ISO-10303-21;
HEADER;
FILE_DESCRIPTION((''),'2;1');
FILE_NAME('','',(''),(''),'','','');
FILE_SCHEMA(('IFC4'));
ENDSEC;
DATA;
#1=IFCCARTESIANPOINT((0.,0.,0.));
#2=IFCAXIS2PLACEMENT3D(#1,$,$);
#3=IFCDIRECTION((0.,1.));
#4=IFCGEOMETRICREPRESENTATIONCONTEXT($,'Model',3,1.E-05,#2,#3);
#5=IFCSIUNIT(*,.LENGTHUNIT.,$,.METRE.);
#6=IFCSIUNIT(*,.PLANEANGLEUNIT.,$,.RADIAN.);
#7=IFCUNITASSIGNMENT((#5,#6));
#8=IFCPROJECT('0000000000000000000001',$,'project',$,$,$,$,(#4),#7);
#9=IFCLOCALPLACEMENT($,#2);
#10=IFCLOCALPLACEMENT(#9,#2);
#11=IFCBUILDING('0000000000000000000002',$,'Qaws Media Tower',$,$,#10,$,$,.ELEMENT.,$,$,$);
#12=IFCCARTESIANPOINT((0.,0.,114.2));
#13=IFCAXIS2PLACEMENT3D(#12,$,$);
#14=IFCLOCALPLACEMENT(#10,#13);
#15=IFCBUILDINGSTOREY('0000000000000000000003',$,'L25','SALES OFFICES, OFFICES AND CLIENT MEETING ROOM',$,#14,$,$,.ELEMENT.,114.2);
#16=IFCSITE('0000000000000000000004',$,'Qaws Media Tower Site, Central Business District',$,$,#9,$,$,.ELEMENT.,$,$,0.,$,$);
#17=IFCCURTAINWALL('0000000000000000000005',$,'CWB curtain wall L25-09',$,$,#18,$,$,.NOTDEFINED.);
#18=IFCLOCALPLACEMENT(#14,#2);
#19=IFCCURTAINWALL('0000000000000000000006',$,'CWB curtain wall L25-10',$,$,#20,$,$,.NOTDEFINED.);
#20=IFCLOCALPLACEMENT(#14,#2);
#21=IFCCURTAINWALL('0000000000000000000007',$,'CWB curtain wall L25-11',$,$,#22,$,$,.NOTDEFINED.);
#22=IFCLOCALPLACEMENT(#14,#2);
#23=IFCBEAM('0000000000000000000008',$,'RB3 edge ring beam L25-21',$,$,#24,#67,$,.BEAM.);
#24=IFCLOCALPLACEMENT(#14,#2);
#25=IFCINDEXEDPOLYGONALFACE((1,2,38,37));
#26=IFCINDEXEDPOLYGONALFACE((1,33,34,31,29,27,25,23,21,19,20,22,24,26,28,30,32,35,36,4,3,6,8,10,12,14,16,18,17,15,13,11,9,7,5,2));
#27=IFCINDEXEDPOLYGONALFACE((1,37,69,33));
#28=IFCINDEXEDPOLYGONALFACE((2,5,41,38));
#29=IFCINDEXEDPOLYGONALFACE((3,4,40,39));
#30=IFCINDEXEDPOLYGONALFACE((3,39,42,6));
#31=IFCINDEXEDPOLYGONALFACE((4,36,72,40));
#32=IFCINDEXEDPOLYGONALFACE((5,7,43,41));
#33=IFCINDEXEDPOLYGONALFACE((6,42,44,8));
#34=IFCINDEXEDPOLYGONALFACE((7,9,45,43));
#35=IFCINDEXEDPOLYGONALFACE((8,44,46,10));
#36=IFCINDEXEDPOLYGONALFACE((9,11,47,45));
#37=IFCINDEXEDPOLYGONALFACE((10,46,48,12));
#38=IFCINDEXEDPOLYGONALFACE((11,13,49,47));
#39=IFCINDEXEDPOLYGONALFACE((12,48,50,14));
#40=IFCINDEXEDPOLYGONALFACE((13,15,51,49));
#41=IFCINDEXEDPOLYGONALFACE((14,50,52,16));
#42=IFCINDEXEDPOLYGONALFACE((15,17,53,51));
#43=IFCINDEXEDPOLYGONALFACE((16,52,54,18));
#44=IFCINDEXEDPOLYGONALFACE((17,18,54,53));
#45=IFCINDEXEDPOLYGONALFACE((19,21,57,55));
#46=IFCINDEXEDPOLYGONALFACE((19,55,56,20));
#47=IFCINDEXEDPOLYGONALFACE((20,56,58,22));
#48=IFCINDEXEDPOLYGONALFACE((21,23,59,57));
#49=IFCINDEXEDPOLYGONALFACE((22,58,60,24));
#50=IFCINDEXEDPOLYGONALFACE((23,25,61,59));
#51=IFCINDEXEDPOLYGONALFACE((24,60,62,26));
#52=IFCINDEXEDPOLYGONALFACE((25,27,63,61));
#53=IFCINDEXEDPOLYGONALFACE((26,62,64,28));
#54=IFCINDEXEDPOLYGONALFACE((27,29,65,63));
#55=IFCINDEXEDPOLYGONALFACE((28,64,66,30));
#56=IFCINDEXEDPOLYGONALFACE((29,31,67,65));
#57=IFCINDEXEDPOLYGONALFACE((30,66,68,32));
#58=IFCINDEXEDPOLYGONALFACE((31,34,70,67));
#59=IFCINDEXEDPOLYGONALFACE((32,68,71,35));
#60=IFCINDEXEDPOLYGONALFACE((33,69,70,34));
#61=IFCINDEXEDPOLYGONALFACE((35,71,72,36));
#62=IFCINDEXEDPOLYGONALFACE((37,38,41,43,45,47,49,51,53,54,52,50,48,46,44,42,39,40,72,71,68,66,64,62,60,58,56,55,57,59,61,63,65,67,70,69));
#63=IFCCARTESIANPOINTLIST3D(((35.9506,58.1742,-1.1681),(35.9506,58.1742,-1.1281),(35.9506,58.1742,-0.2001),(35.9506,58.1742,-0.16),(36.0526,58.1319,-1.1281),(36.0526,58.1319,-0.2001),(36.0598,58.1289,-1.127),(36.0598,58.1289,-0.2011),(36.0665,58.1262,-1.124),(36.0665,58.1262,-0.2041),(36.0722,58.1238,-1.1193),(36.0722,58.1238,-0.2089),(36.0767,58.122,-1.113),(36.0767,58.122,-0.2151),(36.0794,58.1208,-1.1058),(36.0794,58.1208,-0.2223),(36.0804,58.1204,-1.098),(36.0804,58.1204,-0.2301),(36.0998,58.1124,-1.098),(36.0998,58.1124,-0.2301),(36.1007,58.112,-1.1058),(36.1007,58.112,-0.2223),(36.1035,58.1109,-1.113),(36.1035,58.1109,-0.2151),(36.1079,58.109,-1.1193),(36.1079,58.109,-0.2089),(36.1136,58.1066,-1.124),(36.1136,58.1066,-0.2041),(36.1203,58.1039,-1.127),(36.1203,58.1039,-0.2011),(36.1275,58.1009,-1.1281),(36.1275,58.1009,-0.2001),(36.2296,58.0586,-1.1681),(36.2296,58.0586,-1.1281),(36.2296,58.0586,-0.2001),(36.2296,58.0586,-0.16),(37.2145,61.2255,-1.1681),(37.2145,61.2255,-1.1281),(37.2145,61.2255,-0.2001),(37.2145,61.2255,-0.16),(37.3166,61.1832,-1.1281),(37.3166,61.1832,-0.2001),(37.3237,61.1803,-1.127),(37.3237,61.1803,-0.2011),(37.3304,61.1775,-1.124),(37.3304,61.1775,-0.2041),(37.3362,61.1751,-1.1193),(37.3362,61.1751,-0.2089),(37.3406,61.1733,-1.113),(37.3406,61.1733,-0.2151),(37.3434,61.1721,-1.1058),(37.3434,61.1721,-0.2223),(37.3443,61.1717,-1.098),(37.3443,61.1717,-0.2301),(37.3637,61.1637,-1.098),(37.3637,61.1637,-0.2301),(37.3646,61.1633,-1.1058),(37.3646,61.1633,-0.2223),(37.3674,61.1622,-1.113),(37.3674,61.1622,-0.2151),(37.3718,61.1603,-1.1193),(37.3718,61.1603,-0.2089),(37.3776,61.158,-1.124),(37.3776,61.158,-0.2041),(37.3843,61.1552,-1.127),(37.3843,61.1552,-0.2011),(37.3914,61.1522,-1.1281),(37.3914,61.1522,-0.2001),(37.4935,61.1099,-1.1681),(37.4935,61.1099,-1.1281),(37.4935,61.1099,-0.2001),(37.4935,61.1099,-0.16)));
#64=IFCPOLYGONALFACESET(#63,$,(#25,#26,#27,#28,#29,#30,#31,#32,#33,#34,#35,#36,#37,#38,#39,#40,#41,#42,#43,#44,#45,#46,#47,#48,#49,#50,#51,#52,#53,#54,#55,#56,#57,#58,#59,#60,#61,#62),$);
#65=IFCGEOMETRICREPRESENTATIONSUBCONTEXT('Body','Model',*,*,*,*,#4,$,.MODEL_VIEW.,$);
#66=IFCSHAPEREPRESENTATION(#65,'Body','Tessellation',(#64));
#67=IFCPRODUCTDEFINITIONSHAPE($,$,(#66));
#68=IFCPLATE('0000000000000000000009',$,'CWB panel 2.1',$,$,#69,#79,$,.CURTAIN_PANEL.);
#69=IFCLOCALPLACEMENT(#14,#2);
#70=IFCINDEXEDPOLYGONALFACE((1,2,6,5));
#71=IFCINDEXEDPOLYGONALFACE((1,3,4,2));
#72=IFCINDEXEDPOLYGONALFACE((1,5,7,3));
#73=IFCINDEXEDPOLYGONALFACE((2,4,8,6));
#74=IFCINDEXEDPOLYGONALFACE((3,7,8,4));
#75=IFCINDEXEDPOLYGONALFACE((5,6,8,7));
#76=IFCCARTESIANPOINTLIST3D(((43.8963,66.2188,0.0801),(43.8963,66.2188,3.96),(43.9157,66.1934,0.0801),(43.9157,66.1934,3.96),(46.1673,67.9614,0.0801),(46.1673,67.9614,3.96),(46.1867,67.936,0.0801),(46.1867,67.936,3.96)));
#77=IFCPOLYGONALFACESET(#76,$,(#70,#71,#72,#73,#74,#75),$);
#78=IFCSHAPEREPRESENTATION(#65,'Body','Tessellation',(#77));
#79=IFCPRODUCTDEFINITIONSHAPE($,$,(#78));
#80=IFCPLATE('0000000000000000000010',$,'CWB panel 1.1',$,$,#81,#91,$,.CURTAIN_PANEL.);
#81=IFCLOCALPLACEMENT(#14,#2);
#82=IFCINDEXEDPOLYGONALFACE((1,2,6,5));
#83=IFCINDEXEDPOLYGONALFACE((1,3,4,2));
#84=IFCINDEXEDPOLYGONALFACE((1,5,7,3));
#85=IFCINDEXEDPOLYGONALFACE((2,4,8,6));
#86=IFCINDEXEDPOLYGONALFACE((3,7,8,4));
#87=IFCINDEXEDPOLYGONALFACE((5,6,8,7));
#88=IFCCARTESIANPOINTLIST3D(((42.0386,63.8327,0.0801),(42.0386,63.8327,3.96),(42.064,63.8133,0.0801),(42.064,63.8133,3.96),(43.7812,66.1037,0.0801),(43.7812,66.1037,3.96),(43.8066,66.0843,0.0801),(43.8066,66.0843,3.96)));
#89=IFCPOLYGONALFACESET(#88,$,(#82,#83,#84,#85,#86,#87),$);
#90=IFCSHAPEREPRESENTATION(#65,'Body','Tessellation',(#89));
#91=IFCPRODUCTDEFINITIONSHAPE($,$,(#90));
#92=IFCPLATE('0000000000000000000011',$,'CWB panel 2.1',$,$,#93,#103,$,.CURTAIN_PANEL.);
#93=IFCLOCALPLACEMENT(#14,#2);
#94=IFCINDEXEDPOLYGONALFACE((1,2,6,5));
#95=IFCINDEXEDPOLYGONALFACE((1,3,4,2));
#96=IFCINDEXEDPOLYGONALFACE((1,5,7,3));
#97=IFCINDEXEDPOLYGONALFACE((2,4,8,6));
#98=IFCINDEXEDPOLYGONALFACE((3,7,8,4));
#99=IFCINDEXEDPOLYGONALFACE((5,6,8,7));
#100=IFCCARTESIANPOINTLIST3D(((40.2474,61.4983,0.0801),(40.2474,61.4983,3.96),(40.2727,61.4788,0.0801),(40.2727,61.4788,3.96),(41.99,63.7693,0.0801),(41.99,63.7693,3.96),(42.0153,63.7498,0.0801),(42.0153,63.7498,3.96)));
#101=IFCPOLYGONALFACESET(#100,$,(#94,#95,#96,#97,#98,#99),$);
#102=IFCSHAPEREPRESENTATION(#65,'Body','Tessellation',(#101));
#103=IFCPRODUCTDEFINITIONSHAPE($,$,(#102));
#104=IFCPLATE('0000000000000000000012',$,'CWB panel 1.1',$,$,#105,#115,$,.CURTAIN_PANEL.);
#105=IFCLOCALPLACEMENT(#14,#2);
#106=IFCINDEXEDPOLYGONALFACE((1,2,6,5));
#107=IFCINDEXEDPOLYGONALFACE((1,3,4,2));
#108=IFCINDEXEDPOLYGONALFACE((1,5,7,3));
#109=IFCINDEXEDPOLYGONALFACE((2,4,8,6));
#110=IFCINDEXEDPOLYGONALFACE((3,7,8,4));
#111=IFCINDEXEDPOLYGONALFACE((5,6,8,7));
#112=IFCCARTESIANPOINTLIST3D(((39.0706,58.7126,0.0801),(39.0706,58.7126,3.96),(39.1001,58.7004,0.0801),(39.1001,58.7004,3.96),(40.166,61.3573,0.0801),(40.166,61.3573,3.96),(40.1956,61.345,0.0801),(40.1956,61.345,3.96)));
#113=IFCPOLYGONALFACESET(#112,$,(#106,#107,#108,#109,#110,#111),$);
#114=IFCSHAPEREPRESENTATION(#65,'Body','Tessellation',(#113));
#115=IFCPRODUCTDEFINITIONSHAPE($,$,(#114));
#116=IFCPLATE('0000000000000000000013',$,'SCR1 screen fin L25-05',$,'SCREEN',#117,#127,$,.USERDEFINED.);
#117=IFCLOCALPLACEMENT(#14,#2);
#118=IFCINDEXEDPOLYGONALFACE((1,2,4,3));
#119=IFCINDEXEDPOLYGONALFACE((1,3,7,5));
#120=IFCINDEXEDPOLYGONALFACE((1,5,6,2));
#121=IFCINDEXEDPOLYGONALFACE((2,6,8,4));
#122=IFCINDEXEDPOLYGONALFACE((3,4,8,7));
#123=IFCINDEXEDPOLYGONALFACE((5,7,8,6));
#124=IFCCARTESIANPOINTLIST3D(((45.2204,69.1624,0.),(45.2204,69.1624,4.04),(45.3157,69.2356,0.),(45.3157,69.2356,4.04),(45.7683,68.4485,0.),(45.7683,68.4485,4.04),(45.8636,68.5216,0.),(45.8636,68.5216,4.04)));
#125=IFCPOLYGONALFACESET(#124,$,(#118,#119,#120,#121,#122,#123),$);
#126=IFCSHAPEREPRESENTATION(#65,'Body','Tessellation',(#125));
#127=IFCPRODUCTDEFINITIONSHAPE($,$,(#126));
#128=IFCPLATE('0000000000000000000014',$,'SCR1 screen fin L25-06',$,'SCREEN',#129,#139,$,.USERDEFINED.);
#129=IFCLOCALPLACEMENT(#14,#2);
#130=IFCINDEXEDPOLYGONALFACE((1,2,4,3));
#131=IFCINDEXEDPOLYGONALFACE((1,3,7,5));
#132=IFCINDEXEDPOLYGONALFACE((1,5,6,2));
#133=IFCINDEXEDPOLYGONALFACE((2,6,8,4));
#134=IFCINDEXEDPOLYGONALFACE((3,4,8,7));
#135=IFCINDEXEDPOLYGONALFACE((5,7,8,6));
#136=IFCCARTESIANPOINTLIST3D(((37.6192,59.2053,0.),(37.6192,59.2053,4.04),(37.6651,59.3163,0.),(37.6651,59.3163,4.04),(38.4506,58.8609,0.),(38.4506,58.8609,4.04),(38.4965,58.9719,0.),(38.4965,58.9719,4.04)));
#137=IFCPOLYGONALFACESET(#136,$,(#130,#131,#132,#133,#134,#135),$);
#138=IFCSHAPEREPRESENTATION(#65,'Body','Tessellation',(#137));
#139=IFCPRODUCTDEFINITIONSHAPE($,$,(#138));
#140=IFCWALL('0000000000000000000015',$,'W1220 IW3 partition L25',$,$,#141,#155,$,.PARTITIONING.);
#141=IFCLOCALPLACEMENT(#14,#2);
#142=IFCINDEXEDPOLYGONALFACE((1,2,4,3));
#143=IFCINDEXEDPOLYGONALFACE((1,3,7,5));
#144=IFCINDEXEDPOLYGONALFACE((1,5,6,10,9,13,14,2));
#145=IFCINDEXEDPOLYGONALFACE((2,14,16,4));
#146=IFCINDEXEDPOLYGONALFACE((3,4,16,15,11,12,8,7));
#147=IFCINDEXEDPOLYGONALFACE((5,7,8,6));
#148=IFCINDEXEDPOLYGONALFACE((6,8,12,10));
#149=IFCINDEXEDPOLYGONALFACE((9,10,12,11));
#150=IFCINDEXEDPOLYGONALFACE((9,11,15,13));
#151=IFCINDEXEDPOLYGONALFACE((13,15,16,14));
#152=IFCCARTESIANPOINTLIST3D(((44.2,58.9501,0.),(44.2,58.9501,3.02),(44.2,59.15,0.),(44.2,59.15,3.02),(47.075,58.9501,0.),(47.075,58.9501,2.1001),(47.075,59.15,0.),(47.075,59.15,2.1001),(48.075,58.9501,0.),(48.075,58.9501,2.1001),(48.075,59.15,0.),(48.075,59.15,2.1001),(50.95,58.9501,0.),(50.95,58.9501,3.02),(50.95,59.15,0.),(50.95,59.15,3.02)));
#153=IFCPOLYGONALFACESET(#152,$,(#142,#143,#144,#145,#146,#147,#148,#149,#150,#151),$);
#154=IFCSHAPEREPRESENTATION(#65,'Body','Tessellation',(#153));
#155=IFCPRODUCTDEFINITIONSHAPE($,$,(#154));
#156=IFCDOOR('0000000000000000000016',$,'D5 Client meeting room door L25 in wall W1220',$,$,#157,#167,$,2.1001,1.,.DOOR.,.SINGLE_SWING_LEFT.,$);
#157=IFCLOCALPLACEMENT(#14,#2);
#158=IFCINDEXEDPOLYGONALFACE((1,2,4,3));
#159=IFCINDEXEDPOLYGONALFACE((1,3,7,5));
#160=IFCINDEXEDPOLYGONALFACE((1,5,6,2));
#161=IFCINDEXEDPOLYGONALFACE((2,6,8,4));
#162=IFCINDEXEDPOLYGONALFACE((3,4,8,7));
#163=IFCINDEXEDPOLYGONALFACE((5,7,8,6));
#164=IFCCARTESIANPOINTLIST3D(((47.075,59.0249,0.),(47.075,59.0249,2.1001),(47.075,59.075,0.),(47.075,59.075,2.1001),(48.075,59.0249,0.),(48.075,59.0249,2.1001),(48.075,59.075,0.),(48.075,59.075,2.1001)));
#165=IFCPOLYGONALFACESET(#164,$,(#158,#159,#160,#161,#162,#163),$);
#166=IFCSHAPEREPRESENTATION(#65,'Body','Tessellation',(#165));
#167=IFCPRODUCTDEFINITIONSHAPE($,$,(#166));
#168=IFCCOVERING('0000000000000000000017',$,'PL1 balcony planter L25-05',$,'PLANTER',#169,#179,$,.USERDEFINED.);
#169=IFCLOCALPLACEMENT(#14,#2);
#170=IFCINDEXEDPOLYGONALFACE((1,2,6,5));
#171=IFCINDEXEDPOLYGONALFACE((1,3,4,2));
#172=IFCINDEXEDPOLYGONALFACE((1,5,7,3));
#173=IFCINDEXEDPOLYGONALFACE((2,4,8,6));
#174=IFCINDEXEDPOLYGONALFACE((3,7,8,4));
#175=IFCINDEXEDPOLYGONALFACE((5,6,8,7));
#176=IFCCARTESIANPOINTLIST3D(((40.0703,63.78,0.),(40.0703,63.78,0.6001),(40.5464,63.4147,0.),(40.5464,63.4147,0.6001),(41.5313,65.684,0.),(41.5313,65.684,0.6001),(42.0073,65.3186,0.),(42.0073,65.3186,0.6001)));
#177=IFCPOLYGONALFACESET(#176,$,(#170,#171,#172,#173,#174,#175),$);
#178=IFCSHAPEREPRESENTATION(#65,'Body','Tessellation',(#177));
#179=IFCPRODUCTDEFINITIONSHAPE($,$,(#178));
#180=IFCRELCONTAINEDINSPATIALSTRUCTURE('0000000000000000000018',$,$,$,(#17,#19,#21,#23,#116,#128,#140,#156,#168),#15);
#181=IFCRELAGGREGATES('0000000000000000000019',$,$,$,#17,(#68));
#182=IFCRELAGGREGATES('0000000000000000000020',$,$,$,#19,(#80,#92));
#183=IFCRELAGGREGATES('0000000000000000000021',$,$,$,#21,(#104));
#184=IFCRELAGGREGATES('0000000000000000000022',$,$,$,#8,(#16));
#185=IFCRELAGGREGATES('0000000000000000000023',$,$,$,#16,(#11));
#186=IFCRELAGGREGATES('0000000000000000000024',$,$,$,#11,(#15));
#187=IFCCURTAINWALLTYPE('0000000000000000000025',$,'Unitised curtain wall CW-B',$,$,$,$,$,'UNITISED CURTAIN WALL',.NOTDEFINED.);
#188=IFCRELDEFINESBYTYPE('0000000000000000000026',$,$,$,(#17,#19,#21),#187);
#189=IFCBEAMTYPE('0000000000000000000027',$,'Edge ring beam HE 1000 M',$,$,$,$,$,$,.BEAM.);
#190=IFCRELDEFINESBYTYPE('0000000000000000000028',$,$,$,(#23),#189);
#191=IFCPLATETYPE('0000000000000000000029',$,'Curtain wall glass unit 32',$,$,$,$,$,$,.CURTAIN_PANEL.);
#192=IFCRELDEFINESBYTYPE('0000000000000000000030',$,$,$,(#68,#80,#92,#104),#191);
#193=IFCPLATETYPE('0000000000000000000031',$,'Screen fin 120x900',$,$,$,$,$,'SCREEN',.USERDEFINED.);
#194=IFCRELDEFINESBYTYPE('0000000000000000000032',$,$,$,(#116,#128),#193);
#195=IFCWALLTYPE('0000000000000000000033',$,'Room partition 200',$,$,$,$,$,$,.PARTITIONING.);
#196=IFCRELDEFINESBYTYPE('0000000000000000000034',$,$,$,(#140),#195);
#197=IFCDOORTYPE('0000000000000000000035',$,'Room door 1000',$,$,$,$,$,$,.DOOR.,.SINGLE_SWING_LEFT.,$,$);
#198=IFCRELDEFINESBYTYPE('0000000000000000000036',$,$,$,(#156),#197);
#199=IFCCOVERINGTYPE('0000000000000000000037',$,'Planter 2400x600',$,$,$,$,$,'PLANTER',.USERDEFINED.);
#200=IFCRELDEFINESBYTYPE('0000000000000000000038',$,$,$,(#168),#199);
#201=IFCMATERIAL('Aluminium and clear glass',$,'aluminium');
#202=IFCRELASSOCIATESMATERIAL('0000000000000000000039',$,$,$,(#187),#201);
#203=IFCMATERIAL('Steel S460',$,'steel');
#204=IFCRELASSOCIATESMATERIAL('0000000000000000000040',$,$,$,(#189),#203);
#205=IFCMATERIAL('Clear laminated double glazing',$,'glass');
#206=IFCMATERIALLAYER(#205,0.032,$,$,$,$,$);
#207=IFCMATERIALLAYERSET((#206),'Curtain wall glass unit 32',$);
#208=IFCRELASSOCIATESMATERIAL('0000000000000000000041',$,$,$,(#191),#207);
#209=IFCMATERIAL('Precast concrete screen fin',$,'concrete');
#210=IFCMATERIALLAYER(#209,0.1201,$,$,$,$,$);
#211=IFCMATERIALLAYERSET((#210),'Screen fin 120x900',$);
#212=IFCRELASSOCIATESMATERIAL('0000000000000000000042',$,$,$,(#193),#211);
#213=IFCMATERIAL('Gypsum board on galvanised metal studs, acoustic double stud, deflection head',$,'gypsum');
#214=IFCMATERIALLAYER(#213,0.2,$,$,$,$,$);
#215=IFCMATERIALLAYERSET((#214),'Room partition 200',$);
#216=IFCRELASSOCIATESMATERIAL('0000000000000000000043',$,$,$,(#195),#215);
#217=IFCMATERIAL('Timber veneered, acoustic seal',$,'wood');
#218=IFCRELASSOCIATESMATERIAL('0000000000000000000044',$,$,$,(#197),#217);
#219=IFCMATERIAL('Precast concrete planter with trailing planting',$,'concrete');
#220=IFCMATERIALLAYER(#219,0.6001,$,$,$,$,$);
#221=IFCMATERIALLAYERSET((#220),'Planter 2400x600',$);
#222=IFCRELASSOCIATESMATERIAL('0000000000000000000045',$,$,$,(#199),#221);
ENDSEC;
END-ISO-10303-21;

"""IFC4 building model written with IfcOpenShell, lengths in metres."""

from ifc_helpers import new_model, si_unit, direction, frame, frame_2d, origin, origin_2d, place, context, subcontext, project, spatial, rectangle, i_section, extrude, material, layer, layer_set, material_profile, profile_set, type_object, element, fill, aggregate, save


model = new_model("IFC4")

# Units and contexts
model_context = context("Model", 3, precision=1e-05, world=origin(), true_north=direction((0.0, 1.0)))
body_context = subcontext(model_context, "Body", "Model", "MODEL_VIEW")
ifc_project = project(units=[si_unit("LENGTHUNIT", "METRE"), si_unit("PLANEANGLEUNIT", "RADIAN")], contexts=[model_context])

# Site, building, storey
site_placement = place(None, origin())
site = spatial("IfcSite", under=ifc_project, at=site_placement, Name="Qaws Media Tower Site, Central Business District", CompositionType="ELEMENT", RefElevation=0.0)
building_placement = place(site_placement, origin())
building = spatial("IfcBuilding", under=site, at=building_placement, Name="Qaws Media Tower", CompositionType="ELEMENT")
storey_placement = place(building_placement, frame((0.0, 0.0, 114.2)))
storey = spatial("IfcBuildingStorey", under=building, at=storey_placement, Name="L25", Description="SALES OFFICES, OFFICES AND CLIENT MEETING ROOM", CompositionType="ELEMENT", Elevation=114.2)

# Curtain wall
ifc_material_1 = material(Name="Aluminium and clear glass", Category="aluminium")
curtain_wall_type = type_object("IfcCurtainWallType", Name="Unitised curtain wall CW-B", ElementType="UNITISED CURTAIN WALL", PredefinedType="NOTDEFINED", material=ifc_material_1)
curtain_wall_1_placement = place(storey_placement, origin())
curtain_wall_1 = element("IfcCurtainWall", 1, at=curtain_wall_1_placement, inside=storey, type_object=curtain_wall_type, Name="CWB curtain wall L25-09", PredefinedType="NOTDEFINED")

# Curtain walls
curtain_wall_2_placement = place(storey_placement, origin())
curtain_wall_2 = element("IfcCurtainWall", 2, at=curtain_wall_2_placement, inside=storey, type_object=curtain_wall_type, Name="CWB curtain wall L25-10", PredefinedType="NOTDEFINED")
curtain_wall_3_placement = place(storey_placement, origin())
curtain_wall_3 = element("IfcCurtainWall", 3, at=curtain_wall_3_placement, inside=storey, type_object=curtain_wall_type, Name="CWB curtain wall L25-11", PredefinedType="NOTDEFINED")

# Beam
ifc_material_2 = material(Name="Steel S460", Category="steel")
ifc_material_profile_1 = material_profile(ifc_material_2, i_section(OverallWidth=0.302, OverallDepth=1.0081, WebThickness=0.021, FlangeThickness=0.04, FilletRadius=0.03, at=origin_2d()), Name="HE 1000 M")
ifc_profile_set_1 = profile_set([ifc_material_profile_1], Name="Steel S460")
beam_type = type_object("IfcBeamType", Name="Edge ring beam HE 1000 M", PredefinedType="BEAM", material=ifc_profile_set_1)
for number, where, z_axis, x_axis, name in (
    (4, (37.354, 61.1677, -0.6641), (-0.382693, -0.923875, 0.0), (0.923875, -0.382693, 0.0), "RB3 edge ring beam L25-21"),
):
    element("IfcBeam", number, at=place(storey_placement, frame(where, z_axis=z_axis, x_axis=x_axis)), inside=storey, type_object=beam_type, Name=name, PredefinedType="BEAM", context=body_context, shape_type="SweptSolid", body=[
        extrude(i_section(OverallWidth=0.302, OverallDepth=1.0081, WebThickness=0.021, FlangeThickness=0.04, FilletRadius=0.03, at=origin_2d()), origin(), (0.0, 0.0, 1.0), 3.3027),
    ])

# Plates
ifc_material_3 = material(Name="Clear laminated double glazing", Category="glass")
ifc_layer_1 = layer(ifc_material_3, 0.032)
ifc_layer_set_1 = layer_set([ifc_layer_1], Name="Curtain wall glass unit 32")
plate_type_1 = type_object("IfcPlateType", Name="Curtain wall glass unit 32", PredefinedType="CURTAIN_PANEL", material=ifc_layer_set_1)
plate_1_placement = place(storey_placement, frame((45.0415, 67.0774, 0.0801), z_axis=(0.0, 0.0, 1.0), x_axis=(-0.793353, -0.608761, 0.0)))
plate_1 = element("IfcPlate", 5, at=plate_1_placement, type_object=plate_type_1, Name="CWB panel 2.1", PredefinedType="CURTAIN_PANEL", context=body_context, shape_type="SweptSolid", body=[
    extrude(rectangle(XDim=2.8625, YDim=0.032, at=origin_2d()), origin(), (0.0, 0.0, 1.0), 3.8799),
])
aggregate(curtain_wall_1, [plate_1])
plate_2_placement = place(storey_placement, frame((42.9226, 64.9585, 0.0801), z_axis=(0.0, 0.0, 1.0), x_axis=(-0.608761, -0.793353, 0.0)))
plate_2 = element("IfcPlate", 6, at=plate_2_placement, type_object=plate_type_1, Name="CWB panel 1.1", PredefinedType="CURTAIN_PANEL", context=body_context, shape_type="SweptSolid", body=[
    extrude(rectangle(XDim=2.8625, YDim=0.032, at=origin_2d()), origin(), (0.0, 0.0, 1.0), 3.8799),
])
plate_3_placement = place(storey_placement, frame((41.1313, 62.624, 0.0801), z_axis=(0.0, 0.0, 1.0), x_axis=(-0.608761, -0.793353, 0.0)))
plate_3 = element("IfcPlate", 7, at=plate_3_placement, type_object=plate_type_1, Name="CWB panel 2.1", PredefinedType="CURTAIN_PANEL", context=body_context, shape_type="SweptSolid", body=[
    extrude(rectangle(XDim=2.8625, YDim=0.032, at=origin_2d()), origin(), (0.0, 0.0, 1.0), 3.8799),
])
aggregate(curtain_wall_2, [plate_2, plate_3])
plate_4_placement = place(storey_placement, frame((39.6331, 60.0288, 0.0801), z_axis=(0.0, 0.0, 1.0), x_axis=(-0.382683, -0.92388, 0.0)))
plate_4 = element("IfcPlate", 8, at=plate_4_placement, type_object=plate_type_1, Name="CWB panel 1.1", PredefinedType="CURTAIN_PANEL", context=body_context, shape_type="SweptSolid", body=[
    extrude(rectangle(XDim=2.8625, YDim=0.032, at=origin_2d()), origin(), (0.0, 0.0, 1.0), 3.8799),
])
aggregate(curtain_wall_3, [plate_4])

# Plates
ifc_material_4 = material(Name="Precast concrete screen fin", Category="concrete")
ifc_layer_2 = layer(ifc_material_4, 0.1201)
ifc_layer_set_2 = layer_set([ifc_layer_2], Name="Screen fin 120x900")
plate_type_2 = type_object("IfcPlateType", Name="Screen fin 120x900", ElementType="SCREEN", PredefinedType="USERDEFINED", material=ifc_layer_set_2)
for number, where, z_axis, x_axis, name in (
    (9, (45.542, 68.842, 0.0), (0.0, 0.0, 1.0), (-0.608761, 0.793353, 0.0), "SCR1 screen fin L25-05"),
    (10, (38.0579, 59.0886, 0.0), (0.0, 0.0, 1.0), (-0.92388, 0.382683, 0.0), "SCR1 screen fin L25-06"),
):
    element("IfcPlate", number, at=place(storey_placement, frame(where, z_axis=z_axis, x_axis=x_axis)), inside=storey, type_object=plate_type_2, Name=name, ObjectType="SCREEN", PredefinedType="USERDEFINED", context=body_context, shape_type="SweptSolid", body=[
        extrude(rectangle(XDim=0.8999, YDim=0.1201, at=origin_2d()), origin(), (0.0, 0.0, 1.0), 4.04),
    ])

# Wall, opening, door
ifc_material_5 = material(Name="Gypsum board on galvanised metal studs, acoustic double stud, deflection head", Category="gypsum")
ifc_layer_3 = layer(ifc_material_5, 0.2)
ifc_layer_set_3 = layer_set([ifc_layer_3], Name="Room partition 200")
wall_type = type_object("IfcWallType", Name="Room partition 200", PredefinedType="PARTITIONING", material=ifc_layer_set_3)
wall_placement = place(storey_placement, frame((44.2, 59.05, 0.0), z_axis=(0.0, 0.0, 1.0), x_axis=(1.0, 0.0, 0.0)))
wall = element("IfcWall", 11, at=wall_placement, inside=storey, type_object=wall_type, Name="W1220 IW3 partition L25", PredefinedType="PARTITIONING", context=body_context, shape_type="SweptSolid", body=[
    extrude(rectangle(XDim=6.75, YDim=0.2, at=frame_2d((3.375, 0.0))), origin(), (0.0, 0.0, 1.0), 3.02),
])
opening_placement = place(wall_placement, frame((2.875, 0.0, 0.0)))
opening = element("IfcOpeningElement", 12, at=opening_placement, cuts=wall, PredefinedType="OPENING", context=body_context, shape_type="SweptSolid", body=[
    extrude(rectangle(XDim=1.0, YDim=2.1001, at=frame_2d((0.5, 1.05))), frame((0.0, 0.1099, 0.0), z_axis=(0.0, -1.0, 0.0), x_axis=(1.0, 0.0, 0.0)), (0.0, 0.0, 1.0), 0.22),
])
ifc_material_6 = material(Name="Timber veneered, acoustic seal", Category="wood")
door_type = type_object("IfcDoorType", Name="Room door 1000", OperationType="SINGLE_SWING_LEFT", PredefinedType="DOOR", material=ifc_material_6)
door_placement = place(opening_placement, origin())
door = element("IfcDoor", 13, at=door_placement, inside=storey, type_object=door_type, Name="D5 Client meeting room door L25 in wall W1220", OperationType="SINGLE_SWING_LEFT", OverallHeight=2.1001, OverallWidth=1.0, PredefinedType="DOOR", context=body_context, shape_type="SweptSolid", body=[
    extrude(rectangle(XDim=1.0, YDim=2.1001, at=frame_2d((0.5, 1.05))), frame((0.0, 0.0249, 0.0), z_axis=(0.0, -1.0, 0.0), x_axis=(1.0, 0.0, 0.0)), (0.0, 0.0, 1.0), 0.05),
])
fill(opening, door)

# Covering
ifc_material_7 = material(Name="Precast concrete planter with trailing planting", Category="concrete")
ifc_layer_4 = layer(ifc_material_7, 0.6001)
ifc_layer_set_4 = layer_set([ifc_layer_4], Name="Planter 2400x600")
covering_type = type_object("IfcCoveringType", Name="Planter 2400x600", ElementType="PLANTER", PredefinedType="USERDEFINED", material=ifc_layer_set_4)
covering_placement = place(storey_placement, frame((41.0388, 64.5493, 0.0), z_axis=(0.0, 0.0, 1.0), x_axis=(-0.608761, -0.793353, 0.0)))
element("IfcCovering", 14, at=covering_placement, inside=storey, type_object=covering_type, Name="PL1 balcony planter L25-05", ObjectType="PLANTER", PredefinedType="USERDEFINED", context=body_context, shape_type="SweptSolid", body=[
    extrude(rectangle(XDim=2.3999, YDim=0.6001, at=origin_2d()), origin(), (0.0, 0.0, 1.0), 0.6001),
])

save(model, "model.ifc")
